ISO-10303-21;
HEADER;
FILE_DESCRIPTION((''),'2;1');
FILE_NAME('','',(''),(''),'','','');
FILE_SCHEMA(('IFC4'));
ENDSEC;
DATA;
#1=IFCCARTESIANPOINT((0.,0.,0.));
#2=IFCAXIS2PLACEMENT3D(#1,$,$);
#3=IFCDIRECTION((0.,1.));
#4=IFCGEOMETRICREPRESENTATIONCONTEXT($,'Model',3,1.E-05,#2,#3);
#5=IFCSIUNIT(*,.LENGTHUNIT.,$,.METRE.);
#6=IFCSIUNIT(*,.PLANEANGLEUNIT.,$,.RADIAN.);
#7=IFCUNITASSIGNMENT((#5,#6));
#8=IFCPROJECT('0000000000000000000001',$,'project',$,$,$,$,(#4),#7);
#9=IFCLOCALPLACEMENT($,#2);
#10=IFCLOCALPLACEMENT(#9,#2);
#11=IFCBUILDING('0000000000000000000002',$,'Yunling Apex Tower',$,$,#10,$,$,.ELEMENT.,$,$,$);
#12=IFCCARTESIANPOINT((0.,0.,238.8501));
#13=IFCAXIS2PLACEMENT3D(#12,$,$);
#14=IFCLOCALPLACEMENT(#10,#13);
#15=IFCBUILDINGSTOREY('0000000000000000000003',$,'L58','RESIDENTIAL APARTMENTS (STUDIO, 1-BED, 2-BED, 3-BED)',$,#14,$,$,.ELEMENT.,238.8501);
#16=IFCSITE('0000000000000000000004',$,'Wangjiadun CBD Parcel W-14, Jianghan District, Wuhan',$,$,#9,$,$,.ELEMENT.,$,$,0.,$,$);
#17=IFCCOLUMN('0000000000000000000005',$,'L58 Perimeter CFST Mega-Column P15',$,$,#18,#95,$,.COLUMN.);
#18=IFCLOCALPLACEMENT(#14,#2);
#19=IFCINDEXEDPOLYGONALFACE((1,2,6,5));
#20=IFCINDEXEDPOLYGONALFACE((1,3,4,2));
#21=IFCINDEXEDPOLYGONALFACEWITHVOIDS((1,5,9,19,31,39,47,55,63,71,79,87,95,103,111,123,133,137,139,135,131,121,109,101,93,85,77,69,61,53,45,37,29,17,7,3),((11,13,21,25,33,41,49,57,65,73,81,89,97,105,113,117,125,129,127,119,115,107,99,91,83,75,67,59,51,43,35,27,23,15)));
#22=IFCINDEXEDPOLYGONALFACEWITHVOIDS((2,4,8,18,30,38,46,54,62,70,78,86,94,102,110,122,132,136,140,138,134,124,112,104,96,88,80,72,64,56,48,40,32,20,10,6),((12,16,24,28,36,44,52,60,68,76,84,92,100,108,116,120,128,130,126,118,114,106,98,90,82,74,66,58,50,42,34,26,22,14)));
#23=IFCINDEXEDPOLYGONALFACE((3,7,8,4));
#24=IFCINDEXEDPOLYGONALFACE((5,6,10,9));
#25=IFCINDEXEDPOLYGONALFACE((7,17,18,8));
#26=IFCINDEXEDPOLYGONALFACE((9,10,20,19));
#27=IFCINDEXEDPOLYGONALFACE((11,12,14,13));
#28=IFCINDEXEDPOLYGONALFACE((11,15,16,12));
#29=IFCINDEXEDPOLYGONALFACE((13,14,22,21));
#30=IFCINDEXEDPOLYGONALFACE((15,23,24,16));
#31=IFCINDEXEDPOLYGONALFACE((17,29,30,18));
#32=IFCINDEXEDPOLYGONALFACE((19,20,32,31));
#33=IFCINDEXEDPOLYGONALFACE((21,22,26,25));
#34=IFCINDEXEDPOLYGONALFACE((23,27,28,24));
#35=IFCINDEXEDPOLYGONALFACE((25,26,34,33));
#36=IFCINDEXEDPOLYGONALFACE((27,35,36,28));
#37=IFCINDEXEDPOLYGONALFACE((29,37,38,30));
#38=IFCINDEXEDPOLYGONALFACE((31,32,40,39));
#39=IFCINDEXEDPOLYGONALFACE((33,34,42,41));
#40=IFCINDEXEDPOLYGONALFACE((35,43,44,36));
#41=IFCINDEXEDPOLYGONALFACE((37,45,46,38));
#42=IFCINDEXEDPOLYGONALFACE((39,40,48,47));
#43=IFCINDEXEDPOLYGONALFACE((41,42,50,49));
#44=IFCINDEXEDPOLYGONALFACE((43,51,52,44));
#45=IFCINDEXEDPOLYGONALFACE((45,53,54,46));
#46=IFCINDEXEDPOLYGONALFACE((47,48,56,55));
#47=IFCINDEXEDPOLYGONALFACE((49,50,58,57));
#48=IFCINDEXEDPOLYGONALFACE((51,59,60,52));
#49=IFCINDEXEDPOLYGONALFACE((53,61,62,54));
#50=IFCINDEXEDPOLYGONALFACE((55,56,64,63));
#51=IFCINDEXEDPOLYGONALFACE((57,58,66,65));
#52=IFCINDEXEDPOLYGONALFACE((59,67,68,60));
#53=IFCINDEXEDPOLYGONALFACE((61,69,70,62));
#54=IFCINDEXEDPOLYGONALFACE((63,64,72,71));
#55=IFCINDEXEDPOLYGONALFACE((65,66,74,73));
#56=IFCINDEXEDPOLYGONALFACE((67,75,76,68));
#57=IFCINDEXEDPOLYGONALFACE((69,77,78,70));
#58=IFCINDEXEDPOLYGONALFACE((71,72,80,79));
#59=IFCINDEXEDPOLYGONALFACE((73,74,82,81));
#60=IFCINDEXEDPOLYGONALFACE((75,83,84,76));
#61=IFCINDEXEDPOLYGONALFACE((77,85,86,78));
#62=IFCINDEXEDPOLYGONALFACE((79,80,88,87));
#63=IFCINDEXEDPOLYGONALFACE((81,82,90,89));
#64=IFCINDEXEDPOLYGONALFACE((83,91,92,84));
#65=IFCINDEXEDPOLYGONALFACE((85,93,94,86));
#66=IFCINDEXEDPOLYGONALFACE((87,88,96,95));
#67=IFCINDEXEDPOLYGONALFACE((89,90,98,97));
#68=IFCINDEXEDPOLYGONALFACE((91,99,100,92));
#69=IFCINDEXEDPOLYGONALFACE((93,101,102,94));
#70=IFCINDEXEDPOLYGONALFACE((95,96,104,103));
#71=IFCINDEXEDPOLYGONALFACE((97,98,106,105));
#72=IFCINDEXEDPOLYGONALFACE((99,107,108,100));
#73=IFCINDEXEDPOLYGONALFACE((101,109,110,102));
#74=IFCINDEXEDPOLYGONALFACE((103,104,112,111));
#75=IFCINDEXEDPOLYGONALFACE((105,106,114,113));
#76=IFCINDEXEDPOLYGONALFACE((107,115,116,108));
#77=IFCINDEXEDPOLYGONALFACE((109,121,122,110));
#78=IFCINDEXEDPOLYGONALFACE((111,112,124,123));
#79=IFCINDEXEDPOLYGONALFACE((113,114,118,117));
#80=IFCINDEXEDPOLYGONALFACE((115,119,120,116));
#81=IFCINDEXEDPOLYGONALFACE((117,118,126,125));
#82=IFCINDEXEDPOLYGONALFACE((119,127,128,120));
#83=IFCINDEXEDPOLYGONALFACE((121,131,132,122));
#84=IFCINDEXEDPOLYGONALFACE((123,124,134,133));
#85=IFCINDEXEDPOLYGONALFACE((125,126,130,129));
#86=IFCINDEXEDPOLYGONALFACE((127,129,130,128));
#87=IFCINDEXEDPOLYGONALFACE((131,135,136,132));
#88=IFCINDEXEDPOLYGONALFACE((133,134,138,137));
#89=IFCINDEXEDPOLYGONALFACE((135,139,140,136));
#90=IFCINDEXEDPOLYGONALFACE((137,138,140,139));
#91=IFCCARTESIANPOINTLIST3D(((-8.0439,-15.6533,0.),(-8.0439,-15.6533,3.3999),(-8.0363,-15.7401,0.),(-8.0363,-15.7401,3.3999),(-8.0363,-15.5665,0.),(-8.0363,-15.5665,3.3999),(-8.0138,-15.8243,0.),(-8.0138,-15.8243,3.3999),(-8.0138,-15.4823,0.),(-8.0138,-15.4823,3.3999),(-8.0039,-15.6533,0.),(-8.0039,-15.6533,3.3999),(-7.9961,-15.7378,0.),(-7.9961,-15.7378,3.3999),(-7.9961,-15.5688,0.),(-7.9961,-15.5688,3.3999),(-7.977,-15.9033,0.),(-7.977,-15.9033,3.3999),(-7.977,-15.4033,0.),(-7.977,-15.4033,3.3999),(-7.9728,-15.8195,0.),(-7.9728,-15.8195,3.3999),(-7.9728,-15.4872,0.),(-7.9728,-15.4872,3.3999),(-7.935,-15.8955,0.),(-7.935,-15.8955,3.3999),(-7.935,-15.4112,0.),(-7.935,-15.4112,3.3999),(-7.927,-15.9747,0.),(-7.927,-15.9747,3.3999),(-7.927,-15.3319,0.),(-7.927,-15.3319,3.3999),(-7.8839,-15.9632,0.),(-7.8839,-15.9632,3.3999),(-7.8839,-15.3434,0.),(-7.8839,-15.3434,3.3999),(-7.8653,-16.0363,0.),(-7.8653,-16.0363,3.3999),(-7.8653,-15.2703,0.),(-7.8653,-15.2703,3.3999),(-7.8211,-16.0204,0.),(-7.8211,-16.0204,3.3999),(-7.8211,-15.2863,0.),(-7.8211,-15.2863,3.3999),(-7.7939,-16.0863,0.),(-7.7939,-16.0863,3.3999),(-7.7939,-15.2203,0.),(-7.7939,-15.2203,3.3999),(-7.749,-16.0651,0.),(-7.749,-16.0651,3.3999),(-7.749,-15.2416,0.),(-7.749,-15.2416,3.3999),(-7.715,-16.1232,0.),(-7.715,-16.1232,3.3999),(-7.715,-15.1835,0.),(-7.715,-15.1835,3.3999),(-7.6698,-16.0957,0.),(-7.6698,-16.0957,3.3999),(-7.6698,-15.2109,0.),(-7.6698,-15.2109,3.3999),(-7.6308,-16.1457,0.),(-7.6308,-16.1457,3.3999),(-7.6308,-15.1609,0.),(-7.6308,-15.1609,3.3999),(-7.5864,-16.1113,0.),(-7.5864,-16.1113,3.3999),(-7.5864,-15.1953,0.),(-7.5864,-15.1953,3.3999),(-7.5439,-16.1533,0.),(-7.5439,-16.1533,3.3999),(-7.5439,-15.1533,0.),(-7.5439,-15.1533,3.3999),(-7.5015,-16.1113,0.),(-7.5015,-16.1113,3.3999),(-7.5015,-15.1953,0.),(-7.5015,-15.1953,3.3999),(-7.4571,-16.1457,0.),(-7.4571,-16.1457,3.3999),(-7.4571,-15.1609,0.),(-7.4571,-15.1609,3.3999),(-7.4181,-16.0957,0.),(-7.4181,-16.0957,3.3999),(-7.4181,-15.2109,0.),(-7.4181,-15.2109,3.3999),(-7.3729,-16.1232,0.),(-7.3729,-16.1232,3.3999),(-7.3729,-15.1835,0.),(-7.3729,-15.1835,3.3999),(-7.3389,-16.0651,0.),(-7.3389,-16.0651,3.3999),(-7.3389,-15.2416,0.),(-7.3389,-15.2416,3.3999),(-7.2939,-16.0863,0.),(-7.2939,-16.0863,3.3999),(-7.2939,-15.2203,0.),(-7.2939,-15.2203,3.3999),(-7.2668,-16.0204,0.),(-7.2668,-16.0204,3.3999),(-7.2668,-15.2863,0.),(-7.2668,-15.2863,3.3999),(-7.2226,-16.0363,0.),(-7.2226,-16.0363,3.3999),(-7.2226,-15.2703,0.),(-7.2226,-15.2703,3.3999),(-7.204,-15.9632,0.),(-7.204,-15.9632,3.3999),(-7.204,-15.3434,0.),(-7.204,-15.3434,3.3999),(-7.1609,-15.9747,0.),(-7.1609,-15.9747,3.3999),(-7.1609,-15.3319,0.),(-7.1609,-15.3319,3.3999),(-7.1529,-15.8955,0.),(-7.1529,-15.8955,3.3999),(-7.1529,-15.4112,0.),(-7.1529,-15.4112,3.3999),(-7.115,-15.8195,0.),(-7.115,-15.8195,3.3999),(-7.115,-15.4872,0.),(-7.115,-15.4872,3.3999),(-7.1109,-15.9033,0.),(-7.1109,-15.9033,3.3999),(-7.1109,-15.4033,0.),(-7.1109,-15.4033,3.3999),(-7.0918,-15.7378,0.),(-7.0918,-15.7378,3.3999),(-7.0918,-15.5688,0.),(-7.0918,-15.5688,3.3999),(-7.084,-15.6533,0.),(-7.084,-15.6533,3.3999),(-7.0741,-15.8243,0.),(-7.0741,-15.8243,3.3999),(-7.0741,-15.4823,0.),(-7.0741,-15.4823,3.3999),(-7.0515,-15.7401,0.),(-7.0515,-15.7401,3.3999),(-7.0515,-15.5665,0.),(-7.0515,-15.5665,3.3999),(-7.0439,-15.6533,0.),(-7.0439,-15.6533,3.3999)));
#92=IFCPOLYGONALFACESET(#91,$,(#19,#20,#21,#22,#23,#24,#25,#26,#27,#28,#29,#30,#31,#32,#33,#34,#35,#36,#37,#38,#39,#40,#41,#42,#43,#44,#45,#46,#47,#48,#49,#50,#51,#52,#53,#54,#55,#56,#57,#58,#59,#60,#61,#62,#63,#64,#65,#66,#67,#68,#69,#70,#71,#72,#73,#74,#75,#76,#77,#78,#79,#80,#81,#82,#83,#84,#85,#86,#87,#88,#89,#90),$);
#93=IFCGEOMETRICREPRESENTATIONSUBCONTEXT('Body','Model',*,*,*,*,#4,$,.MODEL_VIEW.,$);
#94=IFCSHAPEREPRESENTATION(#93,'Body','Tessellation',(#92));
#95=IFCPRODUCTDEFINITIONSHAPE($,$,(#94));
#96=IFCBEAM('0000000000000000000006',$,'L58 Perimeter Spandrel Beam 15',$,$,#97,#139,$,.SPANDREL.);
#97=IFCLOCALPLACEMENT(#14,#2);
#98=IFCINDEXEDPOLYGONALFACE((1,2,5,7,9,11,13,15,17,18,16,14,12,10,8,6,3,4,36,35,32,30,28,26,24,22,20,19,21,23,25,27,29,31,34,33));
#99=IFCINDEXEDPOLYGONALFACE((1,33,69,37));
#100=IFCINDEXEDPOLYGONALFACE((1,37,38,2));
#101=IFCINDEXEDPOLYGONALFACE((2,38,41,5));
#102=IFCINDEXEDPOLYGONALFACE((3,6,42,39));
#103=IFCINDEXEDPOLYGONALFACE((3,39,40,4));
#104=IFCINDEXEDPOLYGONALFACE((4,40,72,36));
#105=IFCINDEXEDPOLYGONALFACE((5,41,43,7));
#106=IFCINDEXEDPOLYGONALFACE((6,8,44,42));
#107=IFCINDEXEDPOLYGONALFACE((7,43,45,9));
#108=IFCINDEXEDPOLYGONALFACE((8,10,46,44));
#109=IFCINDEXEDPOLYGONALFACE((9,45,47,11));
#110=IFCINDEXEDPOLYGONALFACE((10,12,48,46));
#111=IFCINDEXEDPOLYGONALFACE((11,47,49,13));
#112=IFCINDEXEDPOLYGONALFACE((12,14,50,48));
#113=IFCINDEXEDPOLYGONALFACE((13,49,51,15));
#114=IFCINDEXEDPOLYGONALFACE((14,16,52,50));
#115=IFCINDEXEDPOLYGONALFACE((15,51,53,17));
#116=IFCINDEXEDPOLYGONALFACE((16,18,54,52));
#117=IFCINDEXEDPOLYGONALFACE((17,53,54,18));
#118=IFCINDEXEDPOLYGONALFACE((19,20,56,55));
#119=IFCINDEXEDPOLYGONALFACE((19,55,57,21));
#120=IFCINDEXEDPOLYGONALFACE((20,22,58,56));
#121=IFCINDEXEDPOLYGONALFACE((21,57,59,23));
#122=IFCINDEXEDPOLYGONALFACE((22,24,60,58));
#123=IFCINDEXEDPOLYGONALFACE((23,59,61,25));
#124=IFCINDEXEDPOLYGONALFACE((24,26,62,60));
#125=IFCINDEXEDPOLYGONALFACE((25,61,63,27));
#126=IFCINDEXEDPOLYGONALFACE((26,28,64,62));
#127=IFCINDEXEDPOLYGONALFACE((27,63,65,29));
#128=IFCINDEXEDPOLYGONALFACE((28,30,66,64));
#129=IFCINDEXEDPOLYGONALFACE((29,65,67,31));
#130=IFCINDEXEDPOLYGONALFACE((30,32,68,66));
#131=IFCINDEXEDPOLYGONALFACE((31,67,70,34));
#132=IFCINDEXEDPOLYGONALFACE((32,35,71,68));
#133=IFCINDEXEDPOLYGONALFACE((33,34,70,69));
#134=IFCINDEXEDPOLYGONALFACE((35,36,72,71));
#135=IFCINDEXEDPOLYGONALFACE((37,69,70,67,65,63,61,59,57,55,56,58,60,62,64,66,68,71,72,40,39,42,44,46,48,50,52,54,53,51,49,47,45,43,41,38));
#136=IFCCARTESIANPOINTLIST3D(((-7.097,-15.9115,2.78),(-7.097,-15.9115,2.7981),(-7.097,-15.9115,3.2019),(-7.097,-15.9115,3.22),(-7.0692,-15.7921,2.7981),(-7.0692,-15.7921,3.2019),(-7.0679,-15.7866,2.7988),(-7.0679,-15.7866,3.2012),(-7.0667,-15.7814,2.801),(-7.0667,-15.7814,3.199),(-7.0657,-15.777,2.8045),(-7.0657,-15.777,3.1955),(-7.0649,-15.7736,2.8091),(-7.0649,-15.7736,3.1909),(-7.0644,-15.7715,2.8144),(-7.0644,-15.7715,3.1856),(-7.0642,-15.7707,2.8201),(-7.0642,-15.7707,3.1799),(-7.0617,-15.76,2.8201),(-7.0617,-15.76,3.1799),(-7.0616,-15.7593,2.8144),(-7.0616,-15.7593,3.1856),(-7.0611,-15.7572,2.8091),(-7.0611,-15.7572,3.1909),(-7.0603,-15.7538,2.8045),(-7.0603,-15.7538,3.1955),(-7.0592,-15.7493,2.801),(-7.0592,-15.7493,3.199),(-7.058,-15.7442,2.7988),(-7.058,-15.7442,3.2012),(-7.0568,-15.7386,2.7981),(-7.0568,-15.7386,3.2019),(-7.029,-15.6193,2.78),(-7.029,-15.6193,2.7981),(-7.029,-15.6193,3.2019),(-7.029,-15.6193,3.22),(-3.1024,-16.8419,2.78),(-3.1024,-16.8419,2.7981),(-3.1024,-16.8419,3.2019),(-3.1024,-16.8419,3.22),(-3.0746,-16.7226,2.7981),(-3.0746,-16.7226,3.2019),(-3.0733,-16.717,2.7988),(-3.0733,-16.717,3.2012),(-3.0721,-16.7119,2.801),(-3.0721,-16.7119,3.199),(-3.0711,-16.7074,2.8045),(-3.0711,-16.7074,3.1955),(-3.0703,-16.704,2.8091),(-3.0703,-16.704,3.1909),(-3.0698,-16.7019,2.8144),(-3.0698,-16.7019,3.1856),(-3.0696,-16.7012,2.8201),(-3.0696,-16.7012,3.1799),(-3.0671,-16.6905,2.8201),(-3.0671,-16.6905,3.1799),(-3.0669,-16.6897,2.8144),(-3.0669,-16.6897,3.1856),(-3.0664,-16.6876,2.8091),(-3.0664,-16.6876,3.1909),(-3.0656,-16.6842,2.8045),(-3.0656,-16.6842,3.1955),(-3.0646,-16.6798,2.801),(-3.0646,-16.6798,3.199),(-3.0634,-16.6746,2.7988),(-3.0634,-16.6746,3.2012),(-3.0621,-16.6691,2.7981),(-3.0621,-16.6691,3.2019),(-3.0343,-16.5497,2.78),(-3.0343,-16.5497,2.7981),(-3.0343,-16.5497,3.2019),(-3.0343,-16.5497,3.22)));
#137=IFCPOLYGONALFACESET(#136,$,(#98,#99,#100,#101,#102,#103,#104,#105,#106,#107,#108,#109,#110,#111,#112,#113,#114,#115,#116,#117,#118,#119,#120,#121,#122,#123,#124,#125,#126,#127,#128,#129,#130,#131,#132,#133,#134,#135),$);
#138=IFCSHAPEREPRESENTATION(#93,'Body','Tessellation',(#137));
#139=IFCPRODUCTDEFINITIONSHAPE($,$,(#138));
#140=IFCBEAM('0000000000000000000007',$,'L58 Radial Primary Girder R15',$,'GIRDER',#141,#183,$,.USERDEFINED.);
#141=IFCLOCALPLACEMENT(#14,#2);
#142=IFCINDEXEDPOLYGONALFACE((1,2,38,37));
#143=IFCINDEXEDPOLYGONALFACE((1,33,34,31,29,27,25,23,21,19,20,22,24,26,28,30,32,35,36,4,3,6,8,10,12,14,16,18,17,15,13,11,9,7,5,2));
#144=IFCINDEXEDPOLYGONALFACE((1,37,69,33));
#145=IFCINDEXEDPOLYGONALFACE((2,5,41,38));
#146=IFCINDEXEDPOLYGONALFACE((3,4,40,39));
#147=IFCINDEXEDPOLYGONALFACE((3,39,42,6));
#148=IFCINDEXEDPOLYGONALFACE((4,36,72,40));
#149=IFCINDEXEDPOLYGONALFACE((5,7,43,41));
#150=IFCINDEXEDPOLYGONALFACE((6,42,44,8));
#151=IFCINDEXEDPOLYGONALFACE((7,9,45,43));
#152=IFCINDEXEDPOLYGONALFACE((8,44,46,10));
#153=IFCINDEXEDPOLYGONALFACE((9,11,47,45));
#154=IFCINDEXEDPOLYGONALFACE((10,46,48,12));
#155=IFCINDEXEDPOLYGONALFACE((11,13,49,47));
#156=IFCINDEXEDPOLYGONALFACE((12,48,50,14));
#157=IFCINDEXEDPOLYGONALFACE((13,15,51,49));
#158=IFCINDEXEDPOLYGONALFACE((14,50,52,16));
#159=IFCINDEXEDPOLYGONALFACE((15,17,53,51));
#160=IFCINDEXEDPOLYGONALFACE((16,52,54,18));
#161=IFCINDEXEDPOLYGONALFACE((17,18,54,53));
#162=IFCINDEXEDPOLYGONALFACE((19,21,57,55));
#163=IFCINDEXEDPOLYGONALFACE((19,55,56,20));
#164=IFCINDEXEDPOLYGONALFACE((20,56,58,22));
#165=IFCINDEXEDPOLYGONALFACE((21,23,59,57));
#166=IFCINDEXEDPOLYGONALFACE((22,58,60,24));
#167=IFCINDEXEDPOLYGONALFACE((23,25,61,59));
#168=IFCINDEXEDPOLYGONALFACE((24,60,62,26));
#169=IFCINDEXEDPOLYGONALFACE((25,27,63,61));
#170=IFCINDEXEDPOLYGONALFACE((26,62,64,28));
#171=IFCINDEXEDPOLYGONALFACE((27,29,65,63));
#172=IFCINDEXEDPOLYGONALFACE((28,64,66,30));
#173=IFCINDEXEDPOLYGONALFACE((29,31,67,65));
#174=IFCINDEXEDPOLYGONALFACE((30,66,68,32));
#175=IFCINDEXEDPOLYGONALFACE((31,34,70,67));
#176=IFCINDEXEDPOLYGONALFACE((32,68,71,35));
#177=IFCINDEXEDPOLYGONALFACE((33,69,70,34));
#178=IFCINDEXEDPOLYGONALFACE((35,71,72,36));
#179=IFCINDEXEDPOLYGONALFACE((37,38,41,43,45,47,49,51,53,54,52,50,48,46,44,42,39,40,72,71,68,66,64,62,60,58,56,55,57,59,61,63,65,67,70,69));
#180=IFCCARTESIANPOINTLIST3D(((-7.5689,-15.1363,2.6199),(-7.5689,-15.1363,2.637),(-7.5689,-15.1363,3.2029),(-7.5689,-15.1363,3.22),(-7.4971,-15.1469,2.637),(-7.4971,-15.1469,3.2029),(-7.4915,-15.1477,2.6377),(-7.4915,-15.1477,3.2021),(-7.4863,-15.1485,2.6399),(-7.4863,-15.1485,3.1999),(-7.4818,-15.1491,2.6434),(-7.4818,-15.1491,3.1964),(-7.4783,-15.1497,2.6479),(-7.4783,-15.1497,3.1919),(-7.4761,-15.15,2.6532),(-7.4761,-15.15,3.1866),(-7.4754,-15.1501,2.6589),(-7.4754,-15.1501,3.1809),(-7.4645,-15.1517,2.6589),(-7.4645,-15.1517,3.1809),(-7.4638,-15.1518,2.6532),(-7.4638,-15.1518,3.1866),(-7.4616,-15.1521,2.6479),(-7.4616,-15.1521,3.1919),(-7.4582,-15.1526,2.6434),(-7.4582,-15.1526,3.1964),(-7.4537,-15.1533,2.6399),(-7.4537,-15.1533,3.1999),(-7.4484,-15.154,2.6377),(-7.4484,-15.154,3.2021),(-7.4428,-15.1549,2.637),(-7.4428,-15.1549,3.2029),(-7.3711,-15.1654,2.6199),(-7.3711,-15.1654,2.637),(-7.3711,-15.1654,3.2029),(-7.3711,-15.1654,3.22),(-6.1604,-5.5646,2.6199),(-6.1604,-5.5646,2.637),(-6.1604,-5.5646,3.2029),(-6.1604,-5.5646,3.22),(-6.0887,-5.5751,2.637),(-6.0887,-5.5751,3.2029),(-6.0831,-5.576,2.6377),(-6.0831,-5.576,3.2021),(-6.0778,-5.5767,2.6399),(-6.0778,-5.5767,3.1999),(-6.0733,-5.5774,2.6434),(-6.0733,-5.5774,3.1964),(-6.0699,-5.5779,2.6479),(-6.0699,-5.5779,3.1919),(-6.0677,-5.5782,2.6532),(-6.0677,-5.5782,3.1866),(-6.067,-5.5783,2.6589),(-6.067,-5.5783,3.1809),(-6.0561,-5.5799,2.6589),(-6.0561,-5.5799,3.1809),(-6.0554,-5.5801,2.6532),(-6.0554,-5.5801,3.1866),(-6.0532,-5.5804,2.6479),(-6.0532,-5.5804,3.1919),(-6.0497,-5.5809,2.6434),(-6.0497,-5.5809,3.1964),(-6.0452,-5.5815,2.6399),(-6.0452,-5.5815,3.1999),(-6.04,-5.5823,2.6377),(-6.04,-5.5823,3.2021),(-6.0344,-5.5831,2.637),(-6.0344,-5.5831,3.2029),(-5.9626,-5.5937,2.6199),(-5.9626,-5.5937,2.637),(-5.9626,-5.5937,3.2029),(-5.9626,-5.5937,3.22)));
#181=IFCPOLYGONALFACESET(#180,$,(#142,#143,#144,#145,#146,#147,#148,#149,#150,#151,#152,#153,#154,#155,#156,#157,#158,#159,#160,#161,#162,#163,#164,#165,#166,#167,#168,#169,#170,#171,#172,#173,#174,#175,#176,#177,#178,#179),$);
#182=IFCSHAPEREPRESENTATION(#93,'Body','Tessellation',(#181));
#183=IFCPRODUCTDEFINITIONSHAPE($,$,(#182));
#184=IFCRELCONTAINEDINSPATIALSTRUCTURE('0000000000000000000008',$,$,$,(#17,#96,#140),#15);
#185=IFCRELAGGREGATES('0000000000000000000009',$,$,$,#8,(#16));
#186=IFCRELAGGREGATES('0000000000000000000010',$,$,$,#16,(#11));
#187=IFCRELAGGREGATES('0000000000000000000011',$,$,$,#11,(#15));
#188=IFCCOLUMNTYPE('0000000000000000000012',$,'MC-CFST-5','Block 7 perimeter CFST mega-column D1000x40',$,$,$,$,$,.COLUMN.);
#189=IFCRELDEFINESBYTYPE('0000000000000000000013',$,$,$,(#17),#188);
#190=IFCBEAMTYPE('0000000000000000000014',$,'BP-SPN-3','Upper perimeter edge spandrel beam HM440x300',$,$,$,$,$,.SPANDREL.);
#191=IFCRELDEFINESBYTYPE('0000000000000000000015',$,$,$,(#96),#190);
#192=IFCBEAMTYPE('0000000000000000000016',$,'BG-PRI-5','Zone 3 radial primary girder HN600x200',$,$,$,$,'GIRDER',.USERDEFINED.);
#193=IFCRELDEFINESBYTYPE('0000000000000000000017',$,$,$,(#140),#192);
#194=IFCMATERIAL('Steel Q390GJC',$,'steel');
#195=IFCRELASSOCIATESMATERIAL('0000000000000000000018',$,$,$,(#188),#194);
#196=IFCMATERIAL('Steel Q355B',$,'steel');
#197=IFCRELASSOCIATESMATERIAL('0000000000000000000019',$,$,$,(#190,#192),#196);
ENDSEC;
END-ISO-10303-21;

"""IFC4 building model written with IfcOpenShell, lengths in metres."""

from ifc_helpers import new_model, si_unit, direction, frame, origin, origin_2d, place, context, subcontext, project, spatial, hollow_circle, i_section, extrude, source, transform, mapped, material, material_profile, profile_set, type_object, element, save


model = new_model("IFC4")

# Units and contexts
model_context = context("Model", 3, precision=1e-05, world=origin(), true_north=direction((0.0, 1.0)))
body_context = subcontext(model_context, "Body", "Model", "MODEL_VIEW")
ifc_project = project(units=[si_unit("LENGTHUNIT", "METRE"), si_unit("PLANEANGLEUNIT", "RADIAN")], contexts=[model_context])

# Site, building, storey
site_placement = place(None, origin())
site = spatial("IfcSite", under=ifc_project, at=site_placement, Name="Wangjiadun CBD Parcel W-14, Jianghan District, Wuhan", CompositionType="ELEMENT", RefElevation=0.0)
building_placement = place(site_placement, origin())
building = spatial("IfcBuilding", under=site, at=building_placement, Name="Yunling Apex Tower", CompositionType="ELEMENT")
storey_placement = place(building_placement, frame((0.0, 0.0, 238.8501)))
storey = spatial("IfcBuildingStorey", under=building, at=storey_placement, Name="L58", Description="RESIDENTIAL APARTMENTS (STUDIO, 1-BED, 2-BED, 3-BED)", CompositionType="ELEMENT", Elevation=238.8501)

# Column
ifc_material_1 = material(Name="Steel Q390GJC", Category="steel")
ifc_material_profile_1 = material_profile(ifc_material_1, hollow_circle(Radius=0.5, WallThickness=0.04, at=origin_2d()))
ifc_profile_set_1 = profile_set([ifc_material_profile_1], Name="Steel Q390GJC")
column_type = type_object("IfcColumnType", Name="MC-CFST-5", Description="Block 7 perimeter CFST mega-column D1000x40", PredefinedType="COLUMN", material=ifc_profile_set_1)
shared_shape_1 = source(origin(), body_context, "Body", "SweptSolid", [
    extrude(hollow_circle(Radius=0.5, WallThickness=0.04, at=origin_2d()), origin(), (0.0, 0.0, 1.0), 3.3999),
])
column_placement = place(storey_placement, frame((-7.5439, -15.6533, 0.0), z_axis=(0.0, 0.0, 1.0), x_axis=(1.0, 0.0, 0.0)))
element("IfcColumn", 1, at=column_placement, inside=storey, type_object=column_type, Name="L58 Perimeter CFST Mega-Column P15", PredefinedType="COLUMN", context=body_context, shape_type="MappedRepresentation", body=[
    mapped(shared_shape_1, transform((0.0, 0.0, 0.0), scale=1.0)),
])

# Beams
ifc_material_2 = material(Name="Steel Q355B", Category="steel")
ifc_material_profile_2 = material_profile(ifc_material_2, i_section(OverallWidth=0.3, OverallDepth=0.4399, WebThickness=0.011, FlangeThickness=0.0181, FilletRadius=0.022, at=origin_2d()))
ifc_profile_set_2 = profile_set([ifc_material_profile_2], Name="Steel Q355B")
beam_type_1 = type_object("IfcBeamType", Name="BP-SPN-3", Description="Upper perimeter edge spandrel beam HM440x300", PredefinedType="SPANDREL", material=ifc_profile_set_2)
shared_shape_2 = source(origin(), body_context, "Body", "SweptSolid", [
    extrude(i_section(OverallWidth=0.3, OverallDepth=0.4399, WebThickness=0.011, FlangeThickness=0.0181, FilletRadius=0.022, at=origin_2d()), origin(), (0.0, 0.0, 1.0), 4.1016),
])
beam_1_placement = place(storey_placement, frame((-7.063, -15.7654, 3.0), z_axis=(0.973931, -0.226846, 0.0), x_axis=(0.226846, 0.973931, 0.0)))
element("IfcBeam", 2, at=beam_1_placement, inside=storey, type_object=beam_type_1, Name="L58 Perimeter Spandrel Beam 15", PredefinedType="SPANDREL", context=body_context, shape_type="MappedRepresentation", body=[
    mapped(shared_shape_2, transform((0.0, 0.0, 0.0), scale=1.0)),
])
ifc_material_profile_3 = material_profile(ifc_material_2, i_section(OverallWidth=0.2, OverallDepth=0.6001, WebThickness=0.011, FlangeThickness=0.0171, FilletRadius=0.022, at=origin_2d()))
ifc_profile_set_3 = profile_set([ifc_material_profile_3], Name="Steel Q355B")
beam_type_2 = type_object("IfcBeamType", Name="BG-PRI-5", Description="Zone 3 radial primary girder HN600x200", ElementType="GIRDER", PredefinedType="USERDEFINED", material=ifc_profile_set_3)
shared_shape_3 = source(origin(), body_context, "Body", "SweptSolid", [
    extrude(i_section(OverallWidth=0.2, OverallDepth=0.6001, WebThickness=0.011, FlangeThickness=0.0171, FilletRadius=0.022, at=origin_2d()), origin(), (0.0, 0.0, 1.0), 9.6748),
])
beam_2_placement = place(storey_placement, frame((-7.47, -15.1509, 2.9199), z_axis=(0.145578, 0.989347, 0.0), x_axis=(-0.989347, 0.145578, 0.0)))
element("IfcBeam", 3, at=beam_2_placement, inside=storey, type_object=beam_type_2, Name="L58 Radial Primary Girder R15", ObjectType="GIRDER", PredefinedType="USERDEFINED", context=body_context, shape_type="MappedRepresentation", body=[
    mapped(shared_shape_3, transform((0.0, 0.0, 0.0), scale=1.0)),
])

save(model, "model.ifc")
